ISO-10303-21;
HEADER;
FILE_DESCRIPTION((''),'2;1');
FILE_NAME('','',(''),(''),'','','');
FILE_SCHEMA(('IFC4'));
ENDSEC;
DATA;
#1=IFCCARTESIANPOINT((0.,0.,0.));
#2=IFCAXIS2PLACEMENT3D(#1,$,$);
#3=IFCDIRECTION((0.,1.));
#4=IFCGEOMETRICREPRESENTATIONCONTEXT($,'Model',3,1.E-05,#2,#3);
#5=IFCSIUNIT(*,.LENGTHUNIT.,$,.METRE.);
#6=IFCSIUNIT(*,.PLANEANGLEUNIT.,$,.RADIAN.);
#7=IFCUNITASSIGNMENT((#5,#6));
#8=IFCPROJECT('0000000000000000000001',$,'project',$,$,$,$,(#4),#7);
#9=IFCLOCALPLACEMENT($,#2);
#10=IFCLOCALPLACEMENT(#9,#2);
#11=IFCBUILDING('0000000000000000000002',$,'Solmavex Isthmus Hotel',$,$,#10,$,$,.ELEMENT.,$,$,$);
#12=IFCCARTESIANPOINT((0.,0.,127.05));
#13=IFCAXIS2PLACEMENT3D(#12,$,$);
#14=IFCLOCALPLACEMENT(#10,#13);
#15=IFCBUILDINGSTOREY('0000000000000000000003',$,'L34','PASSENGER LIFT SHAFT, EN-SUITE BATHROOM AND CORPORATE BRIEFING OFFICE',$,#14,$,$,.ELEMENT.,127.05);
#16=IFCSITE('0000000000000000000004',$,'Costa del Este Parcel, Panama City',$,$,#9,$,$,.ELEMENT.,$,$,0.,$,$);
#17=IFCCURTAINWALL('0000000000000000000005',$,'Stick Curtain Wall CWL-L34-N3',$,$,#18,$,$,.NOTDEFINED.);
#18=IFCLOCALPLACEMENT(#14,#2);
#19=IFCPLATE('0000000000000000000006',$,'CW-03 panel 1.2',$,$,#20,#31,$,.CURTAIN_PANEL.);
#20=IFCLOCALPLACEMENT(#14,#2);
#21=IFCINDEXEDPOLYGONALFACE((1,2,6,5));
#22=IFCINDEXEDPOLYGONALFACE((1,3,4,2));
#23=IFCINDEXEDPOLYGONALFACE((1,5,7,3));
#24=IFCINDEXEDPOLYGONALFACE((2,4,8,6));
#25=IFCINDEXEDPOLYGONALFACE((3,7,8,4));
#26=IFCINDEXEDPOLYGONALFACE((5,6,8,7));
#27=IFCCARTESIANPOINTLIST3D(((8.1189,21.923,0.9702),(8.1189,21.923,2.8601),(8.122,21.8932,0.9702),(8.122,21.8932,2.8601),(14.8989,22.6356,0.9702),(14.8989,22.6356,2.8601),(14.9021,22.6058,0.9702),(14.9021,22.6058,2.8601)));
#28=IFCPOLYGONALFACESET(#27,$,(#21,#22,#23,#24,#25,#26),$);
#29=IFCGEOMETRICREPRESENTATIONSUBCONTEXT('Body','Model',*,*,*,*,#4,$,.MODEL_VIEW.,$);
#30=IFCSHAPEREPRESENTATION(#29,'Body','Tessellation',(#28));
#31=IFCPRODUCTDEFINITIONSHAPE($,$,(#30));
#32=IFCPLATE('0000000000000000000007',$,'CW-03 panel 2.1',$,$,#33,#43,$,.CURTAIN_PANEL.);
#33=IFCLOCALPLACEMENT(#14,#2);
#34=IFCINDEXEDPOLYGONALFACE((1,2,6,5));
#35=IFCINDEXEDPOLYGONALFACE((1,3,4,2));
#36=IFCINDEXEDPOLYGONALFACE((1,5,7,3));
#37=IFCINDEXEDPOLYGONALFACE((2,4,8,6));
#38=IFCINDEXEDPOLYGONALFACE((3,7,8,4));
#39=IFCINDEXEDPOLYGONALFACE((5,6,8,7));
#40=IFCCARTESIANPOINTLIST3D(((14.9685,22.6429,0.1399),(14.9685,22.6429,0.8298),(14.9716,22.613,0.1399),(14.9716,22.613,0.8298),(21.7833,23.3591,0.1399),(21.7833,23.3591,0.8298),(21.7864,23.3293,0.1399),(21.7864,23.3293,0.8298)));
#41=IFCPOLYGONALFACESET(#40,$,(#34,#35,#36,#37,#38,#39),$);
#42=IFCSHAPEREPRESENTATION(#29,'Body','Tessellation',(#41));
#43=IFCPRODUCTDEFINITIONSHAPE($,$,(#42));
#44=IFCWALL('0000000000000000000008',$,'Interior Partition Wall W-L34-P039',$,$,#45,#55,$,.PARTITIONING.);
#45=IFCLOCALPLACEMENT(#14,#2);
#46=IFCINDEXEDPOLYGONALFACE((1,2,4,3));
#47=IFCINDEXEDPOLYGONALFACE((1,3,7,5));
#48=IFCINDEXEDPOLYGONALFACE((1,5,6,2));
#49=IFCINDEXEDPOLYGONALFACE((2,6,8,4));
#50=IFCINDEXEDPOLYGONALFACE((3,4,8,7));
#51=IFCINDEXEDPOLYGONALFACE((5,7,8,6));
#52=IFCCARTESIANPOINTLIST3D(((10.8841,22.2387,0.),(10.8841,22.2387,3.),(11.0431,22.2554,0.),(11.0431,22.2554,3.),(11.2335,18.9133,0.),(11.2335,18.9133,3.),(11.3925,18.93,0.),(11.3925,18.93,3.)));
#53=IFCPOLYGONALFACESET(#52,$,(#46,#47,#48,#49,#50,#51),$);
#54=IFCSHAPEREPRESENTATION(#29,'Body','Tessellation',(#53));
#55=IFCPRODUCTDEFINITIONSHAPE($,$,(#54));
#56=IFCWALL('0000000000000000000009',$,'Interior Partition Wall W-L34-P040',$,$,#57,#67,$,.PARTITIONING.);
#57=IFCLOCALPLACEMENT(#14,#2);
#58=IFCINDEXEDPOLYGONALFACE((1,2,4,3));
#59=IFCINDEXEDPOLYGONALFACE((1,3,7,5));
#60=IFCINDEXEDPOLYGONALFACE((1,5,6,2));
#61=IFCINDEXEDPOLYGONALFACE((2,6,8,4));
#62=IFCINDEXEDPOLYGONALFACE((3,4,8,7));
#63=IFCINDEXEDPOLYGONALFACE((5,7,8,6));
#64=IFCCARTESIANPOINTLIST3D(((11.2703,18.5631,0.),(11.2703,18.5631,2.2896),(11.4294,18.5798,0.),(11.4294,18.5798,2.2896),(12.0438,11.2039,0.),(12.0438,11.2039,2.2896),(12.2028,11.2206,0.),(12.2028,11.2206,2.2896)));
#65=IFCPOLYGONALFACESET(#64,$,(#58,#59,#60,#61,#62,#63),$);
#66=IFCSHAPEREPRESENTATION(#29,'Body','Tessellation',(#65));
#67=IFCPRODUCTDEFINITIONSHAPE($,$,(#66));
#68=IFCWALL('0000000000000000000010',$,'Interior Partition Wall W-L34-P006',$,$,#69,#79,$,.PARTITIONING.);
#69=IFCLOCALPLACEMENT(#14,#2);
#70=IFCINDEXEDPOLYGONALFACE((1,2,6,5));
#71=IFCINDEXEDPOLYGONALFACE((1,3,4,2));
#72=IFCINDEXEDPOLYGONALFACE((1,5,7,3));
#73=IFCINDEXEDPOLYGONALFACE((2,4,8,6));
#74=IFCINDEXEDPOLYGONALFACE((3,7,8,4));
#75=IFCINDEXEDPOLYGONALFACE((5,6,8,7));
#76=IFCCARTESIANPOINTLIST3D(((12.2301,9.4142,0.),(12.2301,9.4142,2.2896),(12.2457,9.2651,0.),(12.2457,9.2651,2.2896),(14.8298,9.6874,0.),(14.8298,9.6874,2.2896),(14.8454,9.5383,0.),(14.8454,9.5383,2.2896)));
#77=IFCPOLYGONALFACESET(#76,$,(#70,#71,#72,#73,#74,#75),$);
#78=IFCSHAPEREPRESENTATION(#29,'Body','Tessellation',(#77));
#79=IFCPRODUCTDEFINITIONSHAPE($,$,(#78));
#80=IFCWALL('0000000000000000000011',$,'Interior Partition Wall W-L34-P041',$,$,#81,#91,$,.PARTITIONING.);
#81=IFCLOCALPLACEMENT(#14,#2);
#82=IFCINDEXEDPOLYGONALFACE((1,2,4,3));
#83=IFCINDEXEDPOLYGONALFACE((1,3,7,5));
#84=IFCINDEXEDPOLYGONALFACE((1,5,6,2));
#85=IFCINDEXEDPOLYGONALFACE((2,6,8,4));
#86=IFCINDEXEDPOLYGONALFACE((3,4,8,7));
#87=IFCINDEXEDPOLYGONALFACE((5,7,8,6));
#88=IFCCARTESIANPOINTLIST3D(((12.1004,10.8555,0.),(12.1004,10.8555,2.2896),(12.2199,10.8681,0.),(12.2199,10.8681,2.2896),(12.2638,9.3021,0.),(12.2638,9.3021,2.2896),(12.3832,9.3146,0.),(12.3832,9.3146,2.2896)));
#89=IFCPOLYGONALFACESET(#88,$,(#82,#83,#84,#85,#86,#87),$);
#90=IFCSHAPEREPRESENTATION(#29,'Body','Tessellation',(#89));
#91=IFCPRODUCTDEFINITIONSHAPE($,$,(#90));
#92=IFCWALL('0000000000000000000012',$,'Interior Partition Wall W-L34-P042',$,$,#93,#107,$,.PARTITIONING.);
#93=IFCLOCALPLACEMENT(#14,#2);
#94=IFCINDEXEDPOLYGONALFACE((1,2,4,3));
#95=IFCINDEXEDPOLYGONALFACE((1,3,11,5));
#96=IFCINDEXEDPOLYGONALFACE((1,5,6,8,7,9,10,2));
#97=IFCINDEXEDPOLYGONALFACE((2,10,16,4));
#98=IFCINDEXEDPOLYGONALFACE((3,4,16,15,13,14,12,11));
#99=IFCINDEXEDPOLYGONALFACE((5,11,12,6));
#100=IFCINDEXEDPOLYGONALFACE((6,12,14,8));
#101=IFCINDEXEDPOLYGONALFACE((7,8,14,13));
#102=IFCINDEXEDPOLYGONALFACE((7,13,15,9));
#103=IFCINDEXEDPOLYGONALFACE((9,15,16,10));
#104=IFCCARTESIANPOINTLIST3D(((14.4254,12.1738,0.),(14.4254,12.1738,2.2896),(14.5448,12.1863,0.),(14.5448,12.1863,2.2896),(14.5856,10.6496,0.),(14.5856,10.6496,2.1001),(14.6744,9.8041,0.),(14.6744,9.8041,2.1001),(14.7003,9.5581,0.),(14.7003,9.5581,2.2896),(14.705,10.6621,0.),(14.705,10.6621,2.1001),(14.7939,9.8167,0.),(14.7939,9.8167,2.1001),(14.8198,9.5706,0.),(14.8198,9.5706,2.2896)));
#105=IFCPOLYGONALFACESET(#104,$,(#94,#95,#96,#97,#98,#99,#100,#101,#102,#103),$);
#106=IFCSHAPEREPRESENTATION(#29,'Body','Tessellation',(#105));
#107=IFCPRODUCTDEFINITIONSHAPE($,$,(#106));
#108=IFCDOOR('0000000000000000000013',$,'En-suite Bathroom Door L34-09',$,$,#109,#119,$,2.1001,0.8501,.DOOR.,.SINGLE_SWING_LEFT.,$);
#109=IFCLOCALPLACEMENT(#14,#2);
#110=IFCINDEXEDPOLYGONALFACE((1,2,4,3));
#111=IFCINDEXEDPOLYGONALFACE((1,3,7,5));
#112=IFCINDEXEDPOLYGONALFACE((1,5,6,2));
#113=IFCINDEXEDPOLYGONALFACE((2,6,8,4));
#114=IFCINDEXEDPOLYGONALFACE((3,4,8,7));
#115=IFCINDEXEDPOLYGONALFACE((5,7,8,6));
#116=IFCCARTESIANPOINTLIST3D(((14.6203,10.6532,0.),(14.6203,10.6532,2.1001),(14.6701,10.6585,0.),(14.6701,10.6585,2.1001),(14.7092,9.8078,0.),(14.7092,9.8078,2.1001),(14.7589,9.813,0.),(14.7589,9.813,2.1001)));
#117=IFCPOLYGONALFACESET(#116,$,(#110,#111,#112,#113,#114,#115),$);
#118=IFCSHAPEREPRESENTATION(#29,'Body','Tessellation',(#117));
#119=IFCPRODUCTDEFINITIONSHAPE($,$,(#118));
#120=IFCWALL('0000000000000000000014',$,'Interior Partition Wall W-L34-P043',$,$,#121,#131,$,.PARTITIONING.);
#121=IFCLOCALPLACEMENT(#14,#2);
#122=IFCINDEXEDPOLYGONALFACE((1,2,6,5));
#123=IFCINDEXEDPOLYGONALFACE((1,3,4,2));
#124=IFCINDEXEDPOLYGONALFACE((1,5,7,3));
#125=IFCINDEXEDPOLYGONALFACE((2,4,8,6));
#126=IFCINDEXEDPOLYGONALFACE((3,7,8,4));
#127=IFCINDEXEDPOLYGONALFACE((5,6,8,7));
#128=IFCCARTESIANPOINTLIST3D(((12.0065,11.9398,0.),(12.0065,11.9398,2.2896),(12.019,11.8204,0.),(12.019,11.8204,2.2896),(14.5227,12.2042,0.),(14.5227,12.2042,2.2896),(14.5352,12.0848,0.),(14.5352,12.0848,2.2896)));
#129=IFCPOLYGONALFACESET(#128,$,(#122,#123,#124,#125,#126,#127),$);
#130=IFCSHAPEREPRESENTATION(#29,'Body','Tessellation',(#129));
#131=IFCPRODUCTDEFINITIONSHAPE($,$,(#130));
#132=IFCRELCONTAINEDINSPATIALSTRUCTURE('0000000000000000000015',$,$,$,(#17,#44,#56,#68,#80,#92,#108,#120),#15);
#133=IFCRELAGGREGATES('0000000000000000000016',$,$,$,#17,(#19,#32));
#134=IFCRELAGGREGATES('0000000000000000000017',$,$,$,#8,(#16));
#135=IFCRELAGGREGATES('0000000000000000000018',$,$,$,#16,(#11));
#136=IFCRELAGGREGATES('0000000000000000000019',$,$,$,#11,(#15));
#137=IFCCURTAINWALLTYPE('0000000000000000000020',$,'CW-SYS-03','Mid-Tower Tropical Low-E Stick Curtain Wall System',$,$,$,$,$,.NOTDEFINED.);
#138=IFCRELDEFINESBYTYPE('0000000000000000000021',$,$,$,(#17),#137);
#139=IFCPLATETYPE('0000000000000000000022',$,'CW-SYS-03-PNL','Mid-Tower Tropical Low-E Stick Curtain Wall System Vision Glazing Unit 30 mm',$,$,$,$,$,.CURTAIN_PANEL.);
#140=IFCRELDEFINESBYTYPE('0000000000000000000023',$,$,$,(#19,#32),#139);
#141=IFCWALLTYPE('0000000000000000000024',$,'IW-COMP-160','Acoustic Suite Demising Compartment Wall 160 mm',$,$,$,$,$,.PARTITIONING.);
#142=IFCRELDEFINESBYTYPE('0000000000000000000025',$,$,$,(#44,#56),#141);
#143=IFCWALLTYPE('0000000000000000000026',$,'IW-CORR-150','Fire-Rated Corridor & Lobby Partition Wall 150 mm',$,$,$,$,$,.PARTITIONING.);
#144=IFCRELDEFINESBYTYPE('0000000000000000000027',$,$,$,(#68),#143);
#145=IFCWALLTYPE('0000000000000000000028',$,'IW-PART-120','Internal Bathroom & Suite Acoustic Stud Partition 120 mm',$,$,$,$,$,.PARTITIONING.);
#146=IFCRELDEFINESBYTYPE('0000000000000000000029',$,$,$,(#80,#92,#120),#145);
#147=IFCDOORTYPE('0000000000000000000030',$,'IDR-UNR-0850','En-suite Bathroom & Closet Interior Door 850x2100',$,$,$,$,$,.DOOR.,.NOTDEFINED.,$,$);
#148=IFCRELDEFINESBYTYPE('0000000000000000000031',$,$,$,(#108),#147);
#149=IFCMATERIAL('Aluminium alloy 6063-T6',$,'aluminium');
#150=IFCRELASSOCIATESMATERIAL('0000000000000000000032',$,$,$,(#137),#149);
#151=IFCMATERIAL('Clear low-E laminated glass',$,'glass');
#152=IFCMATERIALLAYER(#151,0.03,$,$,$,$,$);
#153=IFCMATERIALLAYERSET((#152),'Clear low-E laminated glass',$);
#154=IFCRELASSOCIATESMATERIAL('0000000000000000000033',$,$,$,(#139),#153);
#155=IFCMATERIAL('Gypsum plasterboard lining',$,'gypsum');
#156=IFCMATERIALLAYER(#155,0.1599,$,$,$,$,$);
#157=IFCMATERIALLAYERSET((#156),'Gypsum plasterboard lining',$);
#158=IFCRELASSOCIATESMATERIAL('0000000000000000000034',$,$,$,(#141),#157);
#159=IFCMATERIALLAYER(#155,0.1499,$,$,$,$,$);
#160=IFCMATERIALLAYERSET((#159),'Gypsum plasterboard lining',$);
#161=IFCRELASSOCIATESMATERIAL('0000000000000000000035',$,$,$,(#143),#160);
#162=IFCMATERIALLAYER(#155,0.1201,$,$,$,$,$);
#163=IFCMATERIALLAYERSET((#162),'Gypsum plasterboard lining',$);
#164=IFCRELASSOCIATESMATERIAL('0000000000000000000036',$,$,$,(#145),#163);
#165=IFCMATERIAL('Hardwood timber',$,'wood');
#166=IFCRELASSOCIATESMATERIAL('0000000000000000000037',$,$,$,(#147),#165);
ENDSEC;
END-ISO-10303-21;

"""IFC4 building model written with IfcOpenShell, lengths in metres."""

from ifc_helpers import new_model, si_unit, direction, frame, frame_2d, origin, origin_2d, place, context, subcontext, project, spatial, rectangle, extrude, material, layer, layer_set, type_object, element, fill, aggregate, save


model = new_model("IFC4")

# Units and contexts
model_context = context("Model", 3, precision=1e-05, world=origin(), true_north=direction((0.0, 1.0)))
body_context = subcontext(model_context, "Body", "Model", "MODEL_VIEW")
ifc_project = project(units=[si_unit("LENGTHUNIT", "METRE"), si_unit("PLANEANGLEUNIT", "RADIAN")], contexts=[model_context])

# Site, building, storey
site_placement = place(None, origin())
site = spatial("IfcSite", under=ifc_project, at=site_placement, Name="Costa del Este Parcel, Panama City", CompositionType="ELEMENT", RefElevation=0.0)
building_placement = place(site_placement, origin())
building = spatial("IfcBuilding", under=site, at=building_placement, Name="Solmavex Isthmus Hotel", CompositionType="ELEMENT")
storey_placement = place(building_placement, frame((0.0, 0.0, 127.05)))
storey = spatial("IfcBuildingStorey", under=building, at=storey_placement, Name="L34", Description="PASSENGER LIFT SHAFT, EN-SUITE BATHROOM AND CORPORATE BRIEFING OFFICE", CompositionType="ELEMENT", Elevation=127.05)

# Curtain wall, plates
ifc_material_1 = material(Name="Aluminium alloy 6063-T6", Category="aluminium")
curtain_wall_type = type_object("IfcCurtainWallType", Name="CW-SYS-03", Description="Mid-Tower Tropical Low-E Stick Curtain Wall System", PredefinedType="NOTDEFINED", material=ifc_material_1)
curtain_wall_placement = place(storey_placement, origin())
curtain_wall = element("IfcCurtainWall", 1, at=curtain_wall_placement, inside=storey, type_object=curtain_wall_type, Name="Stick Curtain Wall CWL-L34-N3", PredefinedType="NOTDEFINED")
ifc_material_2 = material(Name="Clear low-E laminated glass", Category="glass")
ifc_layer_1 = layer(ifc_material_2, 0.03)
ifc_layer_set_1 = layer_set([ifc_layer_1], Name="Clear low-E laminated glass")
plate_type = type_object("IfcPlateType", Name="CW-SYS-03-PNL", Description="Mid-Tower Tropical Low-E Stick Curtain Wall System Vision Glazing Unit 30 mm", PredefinedType="CURTAIN_PANEL", material=ifc_layer_set_1)
plate_1_placement = place(storey_placement, frame((11.5105, 22.2644, 0.9702), z_axis=(0.0, 0.0, 1.0), x_axis=(0.994522, 0.104528, 0.0)))
plate_1 = element("IfcPlate", 2, at=plate_1_placement, type_object=plate_type, Name="CW-03 panel 1.2", PredefinedType="CURTAIN_PANEL", context=body_context, shape_type="SweptSolid", body=[
    extrude(rectangle(XDim=6.8174, YDim=0.03, at=origin_2d()), origin(), (0.0, 0.0, 1.0), 1.8899),
])
plate_2_placement = place(storey_placement, frame((18.3774, 22.9861, 0.1399), z_axis=(0.0, 0.0, 1.0), x_axis=(0.994522, 0.104528, 0.0)))
plate_2 = element("IfcPlate", 3, at=plate_2_placement, type_object=plate_type, Name="CW-03 panel 2.1", PredefinedType="CURTAIN_PANEL", context=body_context, shape_type="SweptSolid", body=[
    extrude(rectangle(XDim=6.8523, YDim=0.03, at=origin_2d()), origin(), (0.0, 0.0, 1.0), 0.6899),
])
aggregate(curtain_wall, [plate_1, plate_2])

# Walls
ifc_material_3 = material(Name="Gypsum plasterboard lining", Category="gypsum")
ifc_layer_2 = layer(ifc_material_3, 0.1599)
ifc_layer_set_2 = layer_set([ifc_layer_2], Name="Gypsum plasterboard lining")
wall_type_1 = type_object("IfcWallType", Name="IW-COMP-160", Description="Acoustic Suite Demising Compartment Wall 160 mm", PredefinedType="PARTITIONING", material=ifc_layer_set_2)
wall_1_placement = place(storey_placement, frame((10.9636, 22.2471, 0.0), z_axis=(0.0, 0.0, 1.0), x_axis=(0.104483, -0.994527, 0.0)))
element("IfcWall", 4, at=wall_1_placement, inside=storey, type_object=wall_type_1, Name="Interior Partition Wall W-L34-P039", PredefinedType="PARTITIONING", context=body_context, shape_type="SweptSolid", body=[
    extrude(rectangle(XDim=3.3438, YDim=0.1599, at=frame_2d((1.6719, 0.0))), origin(), (0.0, 0.0, 1.0), 3.0),
])
wall_2_placement = place(storey_placement, frame((11.3499, 18.5713, 0.0), z_axis=(0.0, 0.0, 1.0), x_axis=(0.104523, -0.994522, 0.0)))
element("IfcWall", 5, at=wall_2_placement, inside=storey, type_object=wall_type_1, Name="Interior Partition Wall W-L34-P040", PredefinedType="PARTITIONING", context=body_context, shape_type="SweptSolid", body=[
    extrude(rectangle(XDim=7.3997, YDim=0.1599, at=frame_2d((3.6997, 0.0))), origin(), (0.0, 0.0, 1.0), 2.2896),
])

# Shared definitions
ifc_layer_3 = layer(ifc_material_3, 0.1499)
ifc_layer_set_3 = layer_set([ifc_layer_3], Name="Gypsum plasterboard lining")
wall_type_2 = type_object("IfcWallType", Name="IW-CORR-150", Description="Fire-Rated Corridor & Lobby Partition Wall 150 mm", PredefinedType="PARTITIONING", material=ifc_layer_set_3)
ifc_material_4 = material(Name="Hardwood timber", Category="wood")

# Walls
wall_3_placement = place(storey_placement, frame((12.2378, 9.3396, 0.0), z_axis=(0.0, 0.0, 1.0), x_axis=(0.994523, 0.104515, 0.0)))
element("IfcWall", 6, at=wall_3_placement, inside=storey, type_object=wall_type_2, Name="Interior Partition Wall W-L34-P006", PredefinedType="PARTITIONING", context=body_context, shape_type="SweptSolid", body=[
    extrude(rectangle(XDim=2.614, YDim=0.1499, at=frame_2d((1.3071, 0.0))), origin(), (0.0, 0.0, 1.0), 2.2896),
])
ifc_layer_4 = layer(ifc_material_3, 0.1201)
ifc_layer_set_4 = layer_set([ifc_layer_4], Name="Gypsum plasterboard lining")
wall_type_3 = type_object("IfcWallType", Name="IW-PART-120", Description="Internal Bathroom & Suite Acoustic Stud Partition 120 mm", PredefinedType="PARTITIONING", material=ifc_layer_set_4)
wall_4_placement = place(storey_placement, frame((12.1602, 10.8618, 0.0), z_axis=(0.0, 0.0, 1.0), x_axis=(0.104563, -0.994518, 0.0)))
element("IfcWall", 7, at=wall_4_placement, inside=storey, type_object=wall_type_3, Name="Interior Partition Wall W-L34-P041", PredefinedType="PARTITIONING", context=body_context, shape_type="SweptSolid", body=[
    extrude(rectangle(XDim=1.562, YDim=0.1201, at=frame_2d((0.781, 0.0))), origin(), (0.0, 0.0, 1.0), 2.2896),
])

# Wall, opening, door
wall_5_placement = place(storey_placement, frame((14.76, 9.5645, 0.0), z_axis=(0.0, 0.0, 1.0), x_axis=(-0.10452, 0.994523, 0.0)))
wall_5 = element("IfcWall", 8, at=wall_5_placement, inside=storey, type_object=wall_type_3, Name="Interior Partition Wall W-L34-P042", PredefinedType="PARTITIONING", context=body_context, shape_type="SweptSolid", body=[
    extrude(rectangle(XDim=2.6301, YDim=0.1201, at=frame_2d((1.3149, 0.0))), origin(), (0.0, 0.0, 1.0), 2.2896),
])
opening_1_placement = place(wall_5_placement, frame((0.2473, 0.0, 0.0)))
opening_1 = element("IfcOpeningElement", 9, at=opening_1_placement, cuts=wall_5, PredefinedType="OPENING", context=body_context, shape_type="SweptSolid", body=[
    extrude(rectangle(XDim=0.8501, YDim=2.1001, at=frame_2d((0.425, 1.05))), frame((0.0, 0.0701, 0.0), z_axis=(0.0, -1.0, 0.0), x_axis=(1.0, 0.0, 0.0)), (0.0, 0.0, 1.0), 0.1401),
])
door_type_1 = type_object("IfcDoorType", Name="IDR-UNR-0850", Description="En-suite Bathroom & Closet Interior Door 850x2100", OperationType="NOTDEFINED", PredefinedType="DOOR", material=ifc_material_4)
door_1_placement = place(opening_1_placement, frame((0.8501, 0.0, 0.0), z_axis=(0.0, 0.0, 1.0), x_axis=(-1.0, 0.0, 0.0)))
door_1 = element("IfcDoor", 10, at=door_1_placement, inside=storey, type_object=door_type_1, Name="En-suite Bathroom Door L34-09", OperationType="SINGLE_SWING_LEFT", OverallHeight=2.1001, OverallWidth=0.8501, PredefinedType="DOOR", context=body_context, shape_type="SweptSolid", body=[
    extrude(rectangle(XDim=0.8501, YDim=2.1001, at=frame_2d((0.425, 1.05))), frame((0.0, 0.0249, 0.0), z_axis=(0.0, -1.0, 0.0), x_axis=(1.0, 0.0, 0.0)), (0.0, 0.0, 1.0), 0.05),
])
fill(opening_1, door_1)

# Wall
wall_6_placement = place(storey_placement, frame((14.5291, 12.1445, 0.0), z_axis=(0.0, 0.0, 1.0), x_axis=(-0.994524, -0.104509, 0.0)))
element("IfcWall", 11, at=wall_6_placement, inside=storey, type_object=wall_type_3, Name="Interior Partition Wall W-L34-P043", PredefinedType="PARTITIONING", context=body_context, shape_type="SweptSolid", body=[
    extrude(rectangle(XDim=2.53, YDim=0.1201, at=frame_2d((1.2651, 0.0))), origin(), (0.0, 0.0, 1.0), 2.2896),
])

save(model, "model.ifc")
